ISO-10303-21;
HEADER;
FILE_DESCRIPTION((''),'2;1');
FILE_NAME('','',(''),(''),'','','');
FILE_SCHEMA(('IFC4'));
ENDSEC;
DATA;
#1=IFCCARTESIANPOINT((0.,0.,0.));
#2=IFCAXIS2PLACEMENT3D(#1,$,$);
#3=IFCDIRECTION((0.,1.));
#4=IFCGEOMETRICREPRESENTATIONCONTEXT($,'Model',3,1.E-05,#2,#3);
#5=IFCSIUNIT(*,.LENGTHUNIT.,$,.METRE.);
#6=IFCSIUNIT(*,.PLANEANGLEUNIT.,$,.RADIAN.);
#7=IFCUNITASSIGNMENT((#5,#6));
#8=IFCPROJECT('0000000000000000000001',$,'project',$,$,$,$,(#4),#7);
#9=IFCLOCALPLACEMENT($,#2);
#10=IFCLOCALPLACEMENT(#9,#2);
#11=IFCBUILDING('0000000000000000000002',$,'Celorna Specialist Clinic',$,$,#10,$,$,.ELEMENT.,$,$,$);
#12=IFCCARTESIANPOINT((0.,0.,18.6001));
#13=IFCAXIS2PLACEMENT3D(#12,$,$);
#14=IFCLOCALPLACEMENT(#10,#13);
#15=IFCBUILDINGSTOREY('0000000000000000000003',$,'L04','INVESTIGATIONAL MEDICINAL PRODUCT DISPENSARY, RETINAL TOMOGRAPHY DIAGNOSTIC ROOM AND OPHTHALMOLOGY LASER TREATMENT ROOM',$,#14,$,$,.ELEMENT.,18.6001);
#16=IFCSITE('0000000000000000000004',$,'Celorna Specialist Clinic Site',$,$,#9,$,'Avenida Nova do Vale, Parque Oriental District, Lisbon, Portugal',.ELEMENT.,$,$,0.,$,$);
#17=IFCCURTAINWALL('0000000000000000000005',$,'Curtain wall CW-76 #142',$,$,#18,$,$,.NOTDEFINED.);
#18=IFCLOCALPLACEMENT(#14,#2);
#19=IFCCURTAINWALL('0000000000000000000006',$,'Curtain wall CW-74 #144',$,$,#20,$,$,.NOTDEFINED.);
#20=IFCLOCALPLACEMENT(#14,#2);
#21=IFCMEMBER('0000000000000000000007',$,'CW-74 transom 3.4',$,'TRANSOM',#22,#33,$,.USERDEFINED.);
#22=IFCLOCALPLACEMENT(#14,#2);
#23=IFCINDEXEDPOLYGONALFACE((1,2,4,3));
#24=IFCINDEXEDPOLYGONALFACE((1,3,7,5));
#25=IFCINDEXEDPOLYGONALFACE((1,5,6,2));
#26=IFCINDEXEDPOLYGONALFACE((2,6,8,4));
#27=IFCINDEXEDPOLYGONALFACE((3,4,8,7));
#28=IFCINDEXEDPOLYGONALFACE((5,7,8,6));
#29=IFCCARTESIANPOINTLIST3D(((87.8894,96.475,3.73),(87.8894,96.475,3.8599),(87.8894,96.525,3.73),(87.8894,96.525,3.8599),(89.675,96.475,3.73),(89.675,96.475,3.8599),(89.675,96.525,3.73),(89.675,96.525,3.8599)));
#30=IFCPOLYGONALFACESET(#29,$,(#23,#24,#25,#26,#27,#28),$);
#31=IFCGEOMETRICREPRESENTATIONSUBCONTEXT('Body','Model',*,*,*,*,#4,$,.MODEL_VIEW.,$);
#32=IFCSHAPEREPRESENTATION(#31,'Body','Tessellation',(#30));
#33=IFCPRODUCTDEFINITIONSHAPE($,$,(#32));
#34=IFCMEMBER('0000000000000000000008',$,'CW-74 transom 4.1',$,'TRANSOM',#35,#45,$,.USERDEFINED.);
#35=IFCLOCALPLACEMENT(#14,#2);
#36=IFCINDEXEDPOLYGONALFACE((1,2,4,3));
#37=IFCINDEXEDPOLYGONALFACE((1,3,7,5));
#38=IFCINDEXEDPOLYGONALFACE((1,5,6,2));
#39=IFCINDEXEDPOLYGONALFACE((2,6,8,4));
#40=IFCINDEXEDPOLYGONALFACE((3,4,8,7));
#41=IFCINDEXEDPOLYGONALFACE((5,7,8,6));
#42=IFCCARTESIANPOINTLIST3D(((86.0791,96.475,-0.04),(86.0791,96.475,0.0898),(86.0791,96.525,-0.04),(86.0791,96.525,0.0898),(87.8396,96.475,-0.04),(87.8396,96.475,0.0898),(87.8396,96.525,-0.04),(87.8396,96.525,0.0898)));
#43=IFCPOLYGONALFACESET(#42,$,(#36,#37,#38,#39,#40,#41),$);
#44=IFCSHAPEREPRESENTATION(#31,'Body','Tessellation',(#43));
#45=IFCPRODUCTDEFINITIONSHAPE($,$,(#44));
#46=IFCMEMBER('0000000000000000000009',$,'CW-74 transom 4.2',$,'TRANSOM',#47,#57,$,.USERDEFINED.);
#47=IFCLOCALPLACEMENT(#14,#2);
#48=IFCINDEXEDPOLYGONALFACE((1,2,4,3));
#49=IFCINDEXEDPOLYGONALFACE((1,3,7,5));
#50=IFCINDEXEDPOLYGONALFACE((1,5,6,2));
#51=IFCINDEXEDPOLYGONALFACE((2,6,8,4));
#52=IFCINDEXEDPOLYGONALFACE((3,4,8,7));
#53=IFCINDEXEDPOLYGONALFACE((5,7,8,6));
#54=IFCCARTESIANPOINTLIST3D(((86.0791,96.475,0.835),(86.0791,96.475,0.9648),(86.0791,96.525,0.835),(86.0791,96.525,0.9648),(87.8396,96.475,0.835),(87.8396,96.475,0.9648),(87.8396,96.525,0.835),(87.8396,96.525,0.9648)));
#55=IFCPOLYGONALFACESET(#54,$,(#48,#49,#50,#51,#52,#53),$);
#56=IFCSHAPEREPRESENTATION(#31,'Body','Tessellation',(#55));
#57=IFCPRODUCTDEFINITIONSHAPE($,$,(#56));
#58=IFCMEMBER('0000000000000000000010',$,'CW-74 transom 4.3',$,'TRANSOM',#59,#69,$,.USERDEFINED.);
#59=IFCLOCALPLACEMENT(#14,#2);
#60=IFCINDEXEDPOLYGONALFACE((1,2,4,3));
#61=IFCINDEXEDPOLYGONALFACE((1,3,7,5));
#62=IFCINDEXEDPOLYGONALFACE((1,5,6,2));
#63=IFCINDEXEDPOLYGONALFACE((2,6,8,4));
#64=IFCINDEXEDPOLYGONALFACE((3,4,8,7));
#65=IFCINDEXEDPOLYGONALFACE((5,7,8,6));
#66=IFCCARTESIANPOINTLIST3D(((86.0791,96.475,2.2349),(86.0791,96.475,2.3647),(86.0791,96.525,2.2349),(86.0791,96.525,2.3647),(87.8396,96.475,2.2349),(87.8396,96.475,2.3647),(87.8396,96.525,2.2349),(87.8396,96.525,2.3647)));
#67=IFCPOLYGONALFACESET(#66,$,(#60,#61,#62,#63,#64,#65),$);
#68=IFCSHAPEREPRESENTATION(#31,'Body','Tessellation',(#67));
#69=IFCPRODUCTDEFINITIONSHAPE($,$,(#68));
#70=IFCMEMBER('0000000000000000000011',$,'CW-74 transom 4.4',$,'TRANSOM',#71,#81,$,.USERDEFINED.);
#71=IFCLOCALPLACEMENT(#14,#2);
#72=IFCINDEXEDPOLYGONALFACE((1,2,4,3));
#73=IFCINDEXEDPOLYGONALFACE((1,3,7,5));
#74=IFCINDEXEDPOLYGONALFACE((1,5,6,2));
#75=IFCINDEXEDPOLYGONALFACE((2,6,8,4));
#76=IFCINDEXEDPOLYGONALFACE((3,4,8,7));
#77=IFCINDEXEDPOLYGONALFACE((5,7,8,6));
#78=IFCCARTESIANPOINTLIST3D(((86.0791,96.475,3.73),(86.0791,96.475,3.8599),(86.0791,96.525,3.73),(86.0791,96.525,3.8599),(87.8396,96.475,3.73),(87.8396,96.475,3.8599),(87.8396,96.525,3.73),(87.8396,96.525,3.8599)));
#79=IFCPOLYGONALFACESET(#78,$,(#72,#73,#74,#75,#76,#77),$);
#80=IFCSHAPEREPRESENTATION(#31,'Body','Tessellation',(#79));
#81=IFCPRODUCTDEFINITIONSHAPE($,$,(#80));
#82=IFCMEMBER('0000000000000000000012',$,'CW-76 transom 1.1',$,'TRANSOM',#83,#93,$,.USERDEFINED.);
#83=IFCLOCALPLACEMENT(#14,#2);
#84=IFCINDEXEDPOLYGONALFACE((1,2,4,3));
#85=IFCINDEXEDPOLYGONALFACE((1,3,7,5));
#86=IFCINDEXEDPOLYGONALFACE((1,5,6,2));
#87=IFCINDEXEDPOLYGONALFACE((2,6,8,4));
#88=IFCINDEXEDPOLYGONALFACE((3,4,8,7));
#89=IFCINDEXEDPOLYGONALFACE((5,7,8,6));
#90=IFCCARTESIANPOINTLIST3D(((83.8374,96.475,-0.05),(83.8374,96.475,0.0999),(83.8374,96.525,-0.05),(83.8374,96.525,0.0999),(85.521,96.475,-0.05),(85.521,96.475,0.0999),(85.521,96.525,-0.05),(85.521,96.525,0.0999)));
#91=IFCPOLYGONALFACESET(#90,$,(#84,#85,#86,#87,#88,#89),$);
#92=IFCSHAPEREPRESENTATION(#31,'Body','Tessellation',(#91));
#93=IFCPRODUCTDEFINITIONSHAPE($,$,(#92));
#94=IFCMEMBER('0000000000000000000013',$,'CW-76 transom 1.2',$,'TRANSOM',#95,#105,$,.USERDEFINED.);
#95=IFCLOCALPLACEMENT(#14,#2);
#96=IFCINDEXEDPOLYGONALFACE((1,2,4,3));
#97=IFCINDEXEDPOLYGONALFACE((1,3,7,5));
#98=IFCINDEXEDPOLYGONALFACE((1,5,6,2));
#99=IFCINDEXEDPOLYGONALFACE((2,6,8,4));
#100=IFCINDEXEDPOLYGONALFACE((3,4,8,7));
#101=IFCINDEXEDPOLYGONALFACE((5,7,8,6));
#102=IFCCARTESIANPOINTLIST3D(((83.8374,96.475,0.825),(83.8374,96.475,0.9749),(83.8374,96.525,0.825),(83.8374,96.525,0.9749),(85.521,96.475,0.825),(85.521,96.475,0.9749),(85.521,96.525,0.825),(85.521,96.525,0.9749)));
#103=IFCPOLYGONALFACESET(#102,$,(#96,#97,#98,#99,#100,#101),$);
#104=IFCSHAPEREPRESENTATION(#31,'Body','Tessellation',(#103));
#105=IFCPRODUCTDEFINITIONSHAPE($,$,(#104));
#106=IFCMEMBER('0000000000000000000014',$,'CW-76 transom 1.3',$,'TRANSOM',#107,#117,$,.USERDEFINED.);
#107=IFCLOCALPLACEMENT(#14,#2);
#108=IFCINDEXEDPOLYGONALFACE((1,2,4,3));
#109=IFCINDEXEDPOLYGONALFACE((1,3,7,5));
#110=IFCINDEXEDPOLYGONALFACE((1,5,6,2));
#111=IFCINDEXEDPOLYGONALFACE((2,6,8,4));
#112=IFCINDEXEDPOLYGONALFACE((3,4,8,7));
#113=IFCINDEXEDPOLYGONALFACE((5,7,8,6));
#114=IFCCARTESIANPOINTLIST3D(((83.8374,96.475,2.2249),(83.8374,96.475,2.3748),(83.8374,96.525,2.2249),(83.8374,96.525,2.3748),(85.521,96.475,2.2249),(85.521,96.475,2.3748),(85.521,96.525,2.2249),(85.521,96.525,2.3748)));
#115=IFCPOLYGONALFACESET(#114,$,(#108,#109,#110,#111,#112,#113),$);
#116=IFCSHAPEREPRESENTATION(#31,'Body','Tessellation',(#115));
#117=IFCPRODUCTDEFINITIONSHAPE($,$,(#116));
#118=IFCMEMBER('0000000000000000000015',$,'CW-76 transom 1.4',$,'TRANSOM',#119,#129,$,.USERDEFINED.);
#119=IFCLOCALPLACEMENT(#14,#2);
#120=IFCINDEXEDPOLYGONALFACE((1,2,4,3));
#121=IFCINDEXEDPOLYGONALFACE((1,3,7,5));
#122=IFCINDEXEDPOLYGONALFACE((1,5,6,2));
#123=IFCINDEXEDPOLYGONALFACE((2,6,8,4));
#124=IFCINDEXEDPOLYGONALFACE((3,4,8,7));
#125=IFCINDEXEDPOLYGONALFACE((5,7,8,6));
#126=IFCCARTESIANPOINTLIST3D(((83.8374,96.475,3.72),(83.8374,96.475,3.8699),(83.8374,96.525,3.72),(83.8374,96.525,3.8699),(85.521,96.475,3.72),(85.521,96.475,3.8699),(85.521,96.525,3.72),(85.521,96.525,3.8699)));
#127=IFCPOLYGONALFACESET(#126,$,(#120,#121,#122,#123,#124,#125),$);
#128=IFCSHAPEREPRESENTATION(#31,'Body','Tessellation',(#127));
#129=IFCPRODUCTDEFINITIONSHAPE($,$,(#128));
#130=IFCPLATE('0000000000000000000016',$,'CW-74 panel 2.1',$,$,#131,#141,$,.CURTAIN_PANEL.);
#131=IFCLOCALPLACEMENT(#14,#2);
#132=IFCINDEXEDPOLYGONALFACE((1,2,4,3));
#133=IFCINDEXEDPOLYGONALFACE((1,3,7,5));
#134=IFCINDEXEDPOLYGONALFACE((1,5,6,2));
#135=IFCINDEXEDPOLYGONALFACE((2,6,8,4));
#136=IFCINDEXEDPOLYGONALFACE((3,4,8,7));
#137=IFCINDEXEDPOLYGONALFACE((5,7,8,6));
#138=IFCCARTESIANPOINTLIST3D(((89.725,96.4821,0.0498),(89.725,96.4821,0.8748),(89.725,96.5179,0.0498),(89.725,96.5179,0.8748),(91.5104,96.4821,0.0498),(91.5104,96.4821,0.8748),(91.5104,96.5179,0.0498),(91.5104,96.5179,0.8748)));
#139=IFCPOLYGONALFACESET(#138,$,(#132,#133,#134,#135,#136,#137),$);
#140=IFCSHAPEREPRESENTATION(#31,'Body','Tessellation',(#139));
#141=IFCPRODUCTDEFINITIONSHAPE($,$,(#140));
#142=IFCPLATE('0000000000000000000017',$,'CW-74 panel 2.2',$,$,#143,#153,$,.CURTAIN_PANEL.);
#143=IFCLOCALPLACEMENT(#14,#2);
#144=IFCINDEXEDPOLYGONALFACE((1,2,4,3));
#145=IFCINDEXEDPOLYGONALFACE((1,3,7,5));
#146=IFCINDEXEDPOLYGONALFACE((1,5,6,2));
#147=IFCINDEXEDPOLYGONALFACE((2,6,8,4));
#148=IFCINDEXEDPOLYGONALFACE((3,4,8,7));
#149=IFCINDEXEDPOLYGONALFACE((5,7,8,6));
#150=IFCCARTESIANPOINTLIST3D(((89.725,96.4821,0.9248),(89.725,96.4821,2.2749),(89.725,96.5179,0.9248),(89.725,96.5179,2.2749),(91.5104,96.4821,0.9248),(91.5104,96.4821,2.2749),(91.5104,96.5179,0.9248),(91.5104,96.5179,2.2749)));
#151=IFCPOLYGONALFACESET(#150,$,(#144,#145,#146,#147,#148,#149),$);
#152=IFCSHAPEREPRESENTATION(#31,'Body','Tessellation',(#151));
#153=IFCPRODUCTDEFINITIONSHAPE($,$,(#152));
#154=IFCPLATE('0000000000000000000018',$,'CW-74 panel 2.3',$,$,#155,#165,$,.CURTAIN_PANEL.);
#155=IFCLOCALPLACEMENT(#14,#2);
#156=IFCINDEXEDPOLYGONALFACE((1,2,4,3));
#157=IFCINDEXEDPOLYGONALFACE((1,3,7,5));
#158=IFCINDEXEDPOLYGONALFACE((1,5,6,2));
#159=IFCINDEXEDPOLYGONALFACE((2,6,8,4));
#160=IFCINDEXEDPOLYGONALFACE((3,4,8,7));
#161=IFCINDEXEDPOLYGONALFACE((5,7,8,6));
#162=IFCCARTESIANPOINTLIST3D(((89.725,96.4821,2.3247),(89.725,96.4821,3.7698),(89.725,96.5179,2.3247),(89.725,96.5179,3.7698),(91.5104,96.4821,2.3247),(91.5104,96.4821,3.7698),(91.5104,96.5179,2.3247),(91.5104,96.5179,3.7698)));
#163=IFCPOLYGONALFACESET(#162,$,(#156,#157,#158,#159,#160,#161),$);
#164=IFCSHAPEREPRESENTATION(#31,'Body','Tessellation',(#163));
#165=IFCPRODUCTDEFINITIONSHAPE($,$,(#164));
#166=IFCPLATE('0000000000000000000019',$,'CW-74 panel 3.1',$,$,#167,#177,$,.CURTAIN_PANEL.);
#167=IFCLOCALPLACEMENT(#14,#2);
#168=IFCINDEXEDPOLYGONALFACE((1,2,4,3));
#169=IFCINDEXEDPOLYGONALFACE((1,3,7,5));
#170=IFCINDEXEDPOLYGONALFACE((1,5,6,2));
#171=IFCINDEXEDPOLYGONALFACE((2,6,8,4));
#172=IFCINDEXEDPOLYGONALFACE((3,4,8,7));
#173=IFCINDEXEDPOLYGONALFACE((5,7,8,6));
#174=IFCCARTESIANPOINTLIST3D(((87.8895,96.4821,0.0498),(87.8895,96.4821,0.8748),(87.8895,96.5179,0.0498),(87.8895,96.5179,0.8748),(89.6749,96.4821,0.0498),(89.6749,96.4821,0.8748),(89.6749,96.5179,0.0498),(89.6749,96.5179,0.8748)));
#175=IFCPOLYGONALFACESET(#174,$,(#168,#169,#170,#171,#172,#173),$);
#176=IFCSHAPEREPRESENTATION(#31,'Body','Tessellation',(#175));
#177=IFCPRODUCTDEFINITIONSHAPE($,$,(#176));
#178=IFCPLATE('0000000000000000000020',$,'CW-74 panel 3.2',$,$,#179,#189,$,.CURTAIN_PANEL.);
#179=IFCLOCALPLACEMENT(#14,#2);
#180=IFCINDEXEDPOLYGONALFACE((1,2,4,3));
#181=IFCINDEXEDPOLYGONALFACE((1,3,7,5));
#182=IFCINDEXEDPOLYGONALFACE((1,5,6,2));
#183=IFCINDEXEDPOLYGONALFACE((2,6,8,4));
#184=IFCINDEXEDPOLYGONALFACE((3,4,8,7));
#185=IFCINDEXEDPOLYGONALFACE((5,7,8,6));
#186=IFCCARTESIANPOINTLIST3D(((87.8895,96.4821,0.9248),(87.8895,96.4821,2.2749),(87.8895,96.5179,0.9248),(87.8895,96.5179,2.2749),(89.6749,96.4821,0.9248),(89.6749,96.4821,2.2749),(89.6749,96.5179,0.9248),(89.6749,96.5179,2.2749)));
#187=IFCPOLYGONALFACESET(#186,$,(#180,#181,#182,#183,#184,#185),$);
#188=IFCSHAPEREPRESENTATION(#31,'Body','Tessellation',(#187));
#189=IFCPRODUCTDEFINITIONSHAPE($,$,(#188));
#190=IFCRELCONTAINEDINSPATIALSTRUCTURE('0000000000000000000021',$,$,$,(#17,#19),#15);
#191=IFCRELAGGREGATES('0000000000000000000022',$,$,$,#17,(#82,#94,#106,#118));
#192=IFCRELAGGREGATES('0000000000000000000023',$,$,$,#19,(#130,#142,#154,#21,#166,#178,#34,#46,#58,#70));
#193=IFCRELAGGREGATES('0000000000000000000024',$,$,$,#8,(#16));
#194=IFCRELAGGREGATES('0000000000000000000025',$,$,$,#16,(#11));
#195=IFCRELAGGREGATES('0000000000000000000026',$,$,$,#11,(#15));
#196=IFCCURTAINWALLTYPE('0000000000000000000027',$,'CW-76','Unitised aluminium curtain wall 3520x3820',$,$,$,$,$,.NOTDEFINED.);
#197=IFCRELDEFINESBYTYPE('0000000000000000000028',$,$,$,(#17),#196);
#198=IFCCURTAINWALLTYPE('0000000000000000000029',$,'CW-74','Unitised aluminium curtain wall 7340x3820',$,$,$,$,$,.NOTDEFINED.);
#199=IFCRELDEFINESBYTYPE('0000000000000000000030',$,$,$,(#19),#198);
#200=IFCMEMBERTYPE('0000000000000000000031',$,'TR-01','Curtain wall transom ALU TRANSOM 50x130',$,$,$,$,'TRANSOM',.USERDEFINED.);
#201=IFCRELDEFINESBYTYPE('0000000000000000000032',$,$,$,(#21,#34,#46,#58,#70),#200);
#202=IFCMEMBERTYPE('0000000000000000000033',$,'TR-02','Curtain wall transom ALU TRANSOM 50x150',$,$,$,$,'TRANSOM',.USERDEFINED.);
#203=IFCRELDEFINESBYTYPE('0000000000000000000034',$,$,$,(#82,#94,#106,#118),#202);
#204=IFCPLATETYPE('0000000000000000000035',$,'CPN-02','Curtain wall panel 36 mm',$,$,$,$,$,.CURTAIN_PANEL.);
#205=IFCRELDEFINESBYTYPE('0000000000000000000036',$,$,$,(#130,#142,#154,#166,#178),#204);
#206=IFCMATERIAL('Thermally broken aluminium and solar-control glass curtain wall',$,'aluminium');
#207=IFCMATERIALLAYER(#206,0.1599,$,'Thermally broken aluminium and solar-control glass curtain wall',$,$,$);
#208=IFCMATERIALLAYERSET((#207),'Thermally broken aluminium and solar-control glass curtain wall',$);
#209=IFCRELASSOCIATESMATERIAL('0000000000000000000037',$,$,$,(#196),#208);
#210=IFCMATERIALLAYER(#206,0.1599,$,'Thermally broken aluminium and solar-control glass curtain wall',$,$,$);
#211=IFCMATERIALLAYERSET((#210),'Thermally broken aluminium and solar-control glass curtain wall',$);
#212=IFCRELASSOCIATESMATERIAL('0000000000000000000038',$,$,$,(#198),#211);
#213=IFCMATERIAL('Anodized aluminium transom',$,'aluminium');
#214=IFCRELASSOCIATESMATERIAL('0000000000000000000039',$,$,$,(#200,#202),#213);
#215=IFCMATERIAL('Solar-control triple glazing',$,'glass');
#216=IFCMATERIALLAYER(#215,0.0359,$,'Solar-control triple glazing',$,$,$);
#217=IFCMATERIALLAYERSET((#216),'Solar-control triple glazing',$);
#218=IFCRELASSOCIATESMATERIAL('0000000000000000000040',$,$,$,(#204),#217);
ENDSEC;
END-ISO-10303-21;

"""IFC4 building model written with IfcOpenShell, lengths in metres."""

from ifc_helpers import new_model, si_unit, direction, frame, origin, origin_2d, place, context, subcontext, project, spatial, rectangle, extrude, material, layer, layer_set, material_profile, profile_set, type_object, element, aggregate, save


model = new_model("IFC4")

# Units and contexts
model_context = context("Model", 3, precision=1e-05, world=origin(), true_north=direction((0.0, 1.0)))
body_context = subcontext(model_context, "Body", "Model", "MODEL_VIEW")
ifc_project = project(units=[si_unit("LENGTHUNIT", "METRE"), si_unit("PLANEANGLEUNIT", "RADIAN")], contexts=[model_context])

# Site, building, storey
site_placement = place(None, origin())
site = spatial("IfcSite", under=ifc_project, at=site_placement, Name="Celorna Specialist Clinic Site", LongName="Avenida Nova do Vale, Parque Oriental District, Lisbon, Portugal", CompositionType="ELEMENT", RefElevation=0.0)
building_placement = place(site_placement, origin())
building = spatial("IfcBuilding", under=site, at=building_placement, Name="Celorna Specialist Clinic", CompositionType="ELEMENT")
storey_placement = place(building_placement, frame((0.0, 0.0, 18.6001)))
storey = spatial("IfcBuildingStorey", under=building, at=storey_placement, Name="L04", Description="INVESTIGATIONAL MEDICINAL PRODUCT DISPENSARY, RETINAL TOMOGRAPHY DIAGNOSTIC ROOM AND OPHTHALMOLOGY LASER TREATMENT ROOM", CompositionType="ELEMENT", Elevation=18.6001)

# Curtain wall
ifc_material_1 = material(Name="Thermally broken aluminium and solar-control glass curtain wall", Category="aluminium")
ifc_layer_1 = layer(ifc_material_1, 0.1599, Name="Thermally broken aluminium and solar-control glass curtain wall")
ifc_layer_set_1 = layer_set([ifc_layer_1], Name="Thermally broken aluminium and solar-control glass curtain wall")
curtain_wall_type_1 = type_object("IfcCurtainWallType", Name="CW-76", Description="Unitised aluminium curtain wall 3520x3820", PredefinedType="NOTDEFINED", material=ifc_layer_set_1)
curtain_wall_1_placement = place(storey_placement, origin())
curtain_wall_1 = element("IfcCurtainWall", 1, at=curtain_wall_1_placement, inside=storey, type_object=curtain_wall_type_1, Name="Curtain wall CW-76 #142", PredefinedType="NOTDEFINED")

# Curtain wall, members
ifc_layer_2 = layer(ifc_material_1, 0.1599, Name="Thermally broken aluminium and solar-control glass curtain wall")
ifc_layer_set_2 = layer_set([ifc_layer_2], Name="Thermally broken aluminium and solar-control glass curtain wall")
curtain_wall_type_2 = type_object("IfcCurtainWallType", Name="CW-74", Description="Unitised aluminium curtain wall 7340x3820", PredefinedType="NOTDEFINED", material=ifc_layer_set_2)
curtain_wall_2_placement = place(storey_placement, origin())
curtain_wall_2 = element("IfcCurtainWall", 2, at=curtain_wall_2_placement, inside=storey, type_object=curtain_wall_type_2, Name="Curtain wall CW-74 #144", PredefinedType="NOTDEFINED")
ifc_material_2 = material(Name="Anodized aluminium transom", Category="aluminium")
ifc_material_profile_1 = material_profile(ifc_material_2, rectangle(XDim=0.05, YDim=0.1299, at=origin_2d()), Name="ALU TRANSOM 50x130")
ifc_profile_set_1 = profile_set([ifc_material_profile_1], Name="Anodized aluminium transom")
member_type_1 = type_object("IfcMemberType", Name="TR-01", Description="Curtain wall transom ALU TRANSOM 50x130", ElementType="TRANSOM", PredefinedType="USERDEFINED", material=ifc_profile_set_1)
member_1_placement = place(storey_placement, frame((89.675, 96.5, 3.7949), z_axis=(-1.0, 0.0, 0.0), x_axis=(0.0, -1.0, 0.0)))
member_1 = element("IfcMember", 3, at=member_1_placement, type_object=member_type_1, Name="CW-74 transom 3.4", ObjectType="TRANSOM", PredefinedType="USERDEFINED", context=body_context, shape_type="SweptSolid", body=[
    extrude(rectangle(XDim=0.05, YDim=0.1299, at=origin_2d()), origin(), (0.0, 0.0, 1.0), 1.7856),
])
member_2_placement = place(storey_placement, frame((87.8396, 96.5, 0.0249), z_axis=(-1.0, 0.0, 0.0), x_axis=(0.0, -1.0, 0.0)))
member_2 = element("IfcMember", 4, at=member_2_placement, type_object=member_type_1, Name="CW-74 transom 4.1", ObjectType="TRANSOM", PredefinedType="USERDEFINED", context=body_context, shape_type="SweptSolid", body=[
    extrude(rectangle(XDim=0.05, YDim=0.1299, at=origin_2d()), origin(), (0.0, 0.0, 1.0), 1.7605),
])
member_3_placement = place(storey_placement, frame((87.8396, 96.5, 0.8999), z_axis=(-1.0, 0.0, 0.0), x_axis=(0.0, -1.0, 0.0)))
member_3 = element("IfcMember", 5, at=member_3_placement, type_object=member_type_1, Name="CW-74 transom 4.2", ObjectType="TRANSOM", PredefinedType="USERDEFINED", context=body_context, shape_type="SweptSolid", body=[
    extrude(rectangle(XDim=0.05, YDim=0.1299, at=origin_2d()), origin(), (0.0, 0.0, 1.0), 1.7605),
])
member_4_placement = place(storey_placement, frame((87.8396, 96.5, 2.2998), z_axis=(-1.0, 0.0, 0.0), x_axis=(0.0, -1.0, 0.0)))
member_4 = element("IfcMember", 6, at=member_4_placement, type_object=member_type_1, Name="CW-74 transom 4.3", ObjectType="TRANSOM", PredefinedType="USERDEFINED", context=body_context, shape_type="SweptSolid", body=[
    extrude(rectangle(XDim=0.05, YDim=0.1299, at=origin_2d()), origin(), (0.0, 0.0, 1.0), 1.7605),
])
member_5_placement = place(storey_placement, frame((87.8396, 96.5, 3.7949), z_axis=(-1.0, 0.0, 0.0), x_axis=(0.0, -1.0, 0.0)))
member_5 = element("IfcMember", 7, at=member_5_placement, type_object=member_type_1, Name="CW-74 transom 4.4", ObjectType="TRANSOM", PredefinedType="USERDEFINED", context=body_context, shape_type="SweptSolid", body=[
    extrude(rectangle(XDim=0.05, YDim=0.1299, at=origin_2d()), origin(), (0.0, 0.0, 1.0), 1.7605),
])

# Members
ifc_material_profile_2 = material_profile(ifc_material_2, rectangle(XDim=0.05, YDim=0.1499, at=origin_2d()), Name="ALU TRANSOM 50x150")
ifc_profile_set_2 = profile_set([ifc_material_profile_2], Name="Anodized aluminium transom")
member_type_2 = type_object("IfcMemberType", Name="TR-02", Description="Curtain wall transom ALU TRANSOM 50x150", ElementType="TRANSOM", PredefinedType="USERDEFINED", material=ifc_profile_set_2)
member_6_placement = place(storey_placement, frame((85.521, 96.5, 0.0249), z_axis=(-1.0, 0.0, 0.0), x_axis=(0.0, -1.0, 0.0)))
member_6 = element("IfcMember", 8, at=member_6_placement, type_object=member_type_2, Name="CW-76 transom 1.1", ObjectType="TRANSOM", PredefinedType="USERDEFINED", context=body_context, shape_type="SweptSolid", body=[
    extrude(rectangle(XDim=0.05, YDim=0.1499, at=origin_2d()), origin(), (0.0, 0.0, 1.0), 1.6836),
])
member_7_placement = place(storey_placement, frame((85.521, 96.5, 0.8999), z_axis=(-1.0, 0.0, 0.0), x_axis=(0.0, -1.0, 0.0)))
member_7 = element("IfcMember", 9, at=member_7_placement, type_object=member_type_2, Name="CW-76 transom 1.2", ObjectType="TRANSOM", PredefinedType="USERDEFINED", context=body_context, shape_type="SweptSolid", body=[
    extrude(rectangle(XDim=0.05, YDim=0.1499, at=origin_2d()), origin(), (0.0, 0.0, 1.0), 1.6836),
])
member_8_placement = place(storey_placement, frame((85.521, 96.5, 2.2998), z_axis=(-1.0, 0.0, 0.0), x_axis=(0.0, -1.0, 0.0)))
member_8 = element("IfcMember", 10, at=member_8_placement, type_object=member_type_2, Name="CW-76 transom 1.3", ObjectType="TRANSOM", PredefinedType="USERDEFINED", context=body_context, shape_type="SweptSolid", body=[
    extrude(rectangle(XDim=0.05, YDim=0.1499, at=origin_2d()), origin(), (0.0, 0.0, 1.0), 1.6836),
])
member_9_placement = place(storey_placement, frame((85.521, 96.5, 3.7949), z_axis=(-1.0, 0.0, 0.0), x_axis=(0.0, -1.0, 0.0)))
member_9 = element("IfcMember", 11, at=member_9_placement, type_object=member_type_2, Name="CW-76 transom 1.4", ObjectType="TRANSOM", PredefinedType="USERDEFINED", context=body_context, shape_type="SweptSolid", body=[
    extrude(rectangle(XDim=0.05, YDim=0.1499, at=origin_2d()), origin(), (0.0, 0.0, 1.0), 1.6836),
])
aggregate(curtain_wall_1, [member_6, member_7, member_8, member_9])

# Plates
ifc_material_3 = material(Name="Solar-control triple glazing", Category="glass")
ifc_layer_3 = layer(ifc_material_3, 0.0359, Name="Solar-control triple glazing")
ifc_layer_set_3 = layer_set([ifc_layer_3], Name="Solar-control triple glazing")
plate_type = type_object("IfcPlateType", Name="CPN-02", Description="Curtain wall panel 36 mm", PredefinedType="CURTAIN_PANEL", material=ifc_layer_set_3)
plate_1_placement = place(storey_placement, frame((90.6177, 96.5, 0.0498), z_axis=(0.0, 0.0, 1.0), x_axis=(-1.0, 0.0, 0.0)))
plate_1 = element("IfcPlate", 12, at=plate_1_placement, type_object=plate_type, Name="CW-74 panel 2.1", PredefinedType="CURTAIN_PANEL", context=body_context, shape_type="SweptSolid", body=[
    extrude(rectangle(XDim=1.7854, YDim=0.0359, at=origin_2d()), origin(), (0.0, 0.0, 1.0), 0.825),
])
plate_2_placement = place(storey_placement, frame((90.6177, 96.5, 0.9248), z_axis=(0.0, 0.0, 1.0), x_axis=(-1.0, 0.0, 0.0)))
plate_2 = element("IfcPlate", 13, at=plate_2_placement, type_object=plate_type, Name="CW-74 panel 2.2", PredefinedType="CURTAIN_PANEL", context=body_context, shape_type="SweptSolid", body=[
    extrude(rectangle(XDim=1.7854, YDim=0.0359, at=origin_2d()), origin(), (0.0, 0.0, 1.0), 1.3501),
])
plate_3_placement = place(storey_placement, frame((90.6177, 96.5, 2.3247), z_axis=(0.0, 0.0, 1.0), x_axis=(-1.0, 0.0, 0.0)))
plate_3 = element("IfcPlate", 14, at=plate_3_placement, type_object=plate_type, Name="CW-74 panel 2.3", PredefinedType="CURTAIN_PANEL", context=body_context, shape_type="SweptSolid", body=[
    extrude(rectangle(XDim=1.7854, YDim=0.0359, at=origin_2d()), origin(), (0.0, 0.0, 1.0), 1.4451),
])
plate_4_placement = place(storey_placement, frame((88.7822, 96.5, 0.0498), z_axis=(0.0, 0.0, 1.0), x_axis=(-1.0, 0.0, 0.0)))
plate_4 = element("IfcPlate", 15, at=plate_4_placement, type_object=plate_type, Name="CW-74 panel 3.1", PredefinedType="CURTAIN_PANEL", context=body_context, shape_type="SweptSolid", body=[
    extrude(rectangle(XDim=1.7854, YDim=0.0359, at=origin_2d()), origin(), (0.0, 0.0, 1.0), 0.825),
])
plate_5_placement = place(storey_placement, frame((88.7822, 96.5, 0.9248), z_axis=(0.0, 0.0, 1.0), x_axis=(-1.0, 0.0, 0.0)))
plate_5 = element("IfcPlate", 16, at=plate_5_placement, type_object=plate_type, Name="CW-74 panel 3.2", PredefinedType="CURTAIN_PANEL", context=body_context, shape_type="SweptSolid", body=[
    extrude(rectangle(XDim=1.7854, YDim=0.0359, at=origin_2d()), origin(), (0.0, 0.0, 1.0), 1.3501),
])
aggregate(curtain_wall_2, [plate_1, plate_2, plate_3, member_1, plate_4, plate_5, member_2, member_3, member_4, member_5])

save(model, "model.ifc")
